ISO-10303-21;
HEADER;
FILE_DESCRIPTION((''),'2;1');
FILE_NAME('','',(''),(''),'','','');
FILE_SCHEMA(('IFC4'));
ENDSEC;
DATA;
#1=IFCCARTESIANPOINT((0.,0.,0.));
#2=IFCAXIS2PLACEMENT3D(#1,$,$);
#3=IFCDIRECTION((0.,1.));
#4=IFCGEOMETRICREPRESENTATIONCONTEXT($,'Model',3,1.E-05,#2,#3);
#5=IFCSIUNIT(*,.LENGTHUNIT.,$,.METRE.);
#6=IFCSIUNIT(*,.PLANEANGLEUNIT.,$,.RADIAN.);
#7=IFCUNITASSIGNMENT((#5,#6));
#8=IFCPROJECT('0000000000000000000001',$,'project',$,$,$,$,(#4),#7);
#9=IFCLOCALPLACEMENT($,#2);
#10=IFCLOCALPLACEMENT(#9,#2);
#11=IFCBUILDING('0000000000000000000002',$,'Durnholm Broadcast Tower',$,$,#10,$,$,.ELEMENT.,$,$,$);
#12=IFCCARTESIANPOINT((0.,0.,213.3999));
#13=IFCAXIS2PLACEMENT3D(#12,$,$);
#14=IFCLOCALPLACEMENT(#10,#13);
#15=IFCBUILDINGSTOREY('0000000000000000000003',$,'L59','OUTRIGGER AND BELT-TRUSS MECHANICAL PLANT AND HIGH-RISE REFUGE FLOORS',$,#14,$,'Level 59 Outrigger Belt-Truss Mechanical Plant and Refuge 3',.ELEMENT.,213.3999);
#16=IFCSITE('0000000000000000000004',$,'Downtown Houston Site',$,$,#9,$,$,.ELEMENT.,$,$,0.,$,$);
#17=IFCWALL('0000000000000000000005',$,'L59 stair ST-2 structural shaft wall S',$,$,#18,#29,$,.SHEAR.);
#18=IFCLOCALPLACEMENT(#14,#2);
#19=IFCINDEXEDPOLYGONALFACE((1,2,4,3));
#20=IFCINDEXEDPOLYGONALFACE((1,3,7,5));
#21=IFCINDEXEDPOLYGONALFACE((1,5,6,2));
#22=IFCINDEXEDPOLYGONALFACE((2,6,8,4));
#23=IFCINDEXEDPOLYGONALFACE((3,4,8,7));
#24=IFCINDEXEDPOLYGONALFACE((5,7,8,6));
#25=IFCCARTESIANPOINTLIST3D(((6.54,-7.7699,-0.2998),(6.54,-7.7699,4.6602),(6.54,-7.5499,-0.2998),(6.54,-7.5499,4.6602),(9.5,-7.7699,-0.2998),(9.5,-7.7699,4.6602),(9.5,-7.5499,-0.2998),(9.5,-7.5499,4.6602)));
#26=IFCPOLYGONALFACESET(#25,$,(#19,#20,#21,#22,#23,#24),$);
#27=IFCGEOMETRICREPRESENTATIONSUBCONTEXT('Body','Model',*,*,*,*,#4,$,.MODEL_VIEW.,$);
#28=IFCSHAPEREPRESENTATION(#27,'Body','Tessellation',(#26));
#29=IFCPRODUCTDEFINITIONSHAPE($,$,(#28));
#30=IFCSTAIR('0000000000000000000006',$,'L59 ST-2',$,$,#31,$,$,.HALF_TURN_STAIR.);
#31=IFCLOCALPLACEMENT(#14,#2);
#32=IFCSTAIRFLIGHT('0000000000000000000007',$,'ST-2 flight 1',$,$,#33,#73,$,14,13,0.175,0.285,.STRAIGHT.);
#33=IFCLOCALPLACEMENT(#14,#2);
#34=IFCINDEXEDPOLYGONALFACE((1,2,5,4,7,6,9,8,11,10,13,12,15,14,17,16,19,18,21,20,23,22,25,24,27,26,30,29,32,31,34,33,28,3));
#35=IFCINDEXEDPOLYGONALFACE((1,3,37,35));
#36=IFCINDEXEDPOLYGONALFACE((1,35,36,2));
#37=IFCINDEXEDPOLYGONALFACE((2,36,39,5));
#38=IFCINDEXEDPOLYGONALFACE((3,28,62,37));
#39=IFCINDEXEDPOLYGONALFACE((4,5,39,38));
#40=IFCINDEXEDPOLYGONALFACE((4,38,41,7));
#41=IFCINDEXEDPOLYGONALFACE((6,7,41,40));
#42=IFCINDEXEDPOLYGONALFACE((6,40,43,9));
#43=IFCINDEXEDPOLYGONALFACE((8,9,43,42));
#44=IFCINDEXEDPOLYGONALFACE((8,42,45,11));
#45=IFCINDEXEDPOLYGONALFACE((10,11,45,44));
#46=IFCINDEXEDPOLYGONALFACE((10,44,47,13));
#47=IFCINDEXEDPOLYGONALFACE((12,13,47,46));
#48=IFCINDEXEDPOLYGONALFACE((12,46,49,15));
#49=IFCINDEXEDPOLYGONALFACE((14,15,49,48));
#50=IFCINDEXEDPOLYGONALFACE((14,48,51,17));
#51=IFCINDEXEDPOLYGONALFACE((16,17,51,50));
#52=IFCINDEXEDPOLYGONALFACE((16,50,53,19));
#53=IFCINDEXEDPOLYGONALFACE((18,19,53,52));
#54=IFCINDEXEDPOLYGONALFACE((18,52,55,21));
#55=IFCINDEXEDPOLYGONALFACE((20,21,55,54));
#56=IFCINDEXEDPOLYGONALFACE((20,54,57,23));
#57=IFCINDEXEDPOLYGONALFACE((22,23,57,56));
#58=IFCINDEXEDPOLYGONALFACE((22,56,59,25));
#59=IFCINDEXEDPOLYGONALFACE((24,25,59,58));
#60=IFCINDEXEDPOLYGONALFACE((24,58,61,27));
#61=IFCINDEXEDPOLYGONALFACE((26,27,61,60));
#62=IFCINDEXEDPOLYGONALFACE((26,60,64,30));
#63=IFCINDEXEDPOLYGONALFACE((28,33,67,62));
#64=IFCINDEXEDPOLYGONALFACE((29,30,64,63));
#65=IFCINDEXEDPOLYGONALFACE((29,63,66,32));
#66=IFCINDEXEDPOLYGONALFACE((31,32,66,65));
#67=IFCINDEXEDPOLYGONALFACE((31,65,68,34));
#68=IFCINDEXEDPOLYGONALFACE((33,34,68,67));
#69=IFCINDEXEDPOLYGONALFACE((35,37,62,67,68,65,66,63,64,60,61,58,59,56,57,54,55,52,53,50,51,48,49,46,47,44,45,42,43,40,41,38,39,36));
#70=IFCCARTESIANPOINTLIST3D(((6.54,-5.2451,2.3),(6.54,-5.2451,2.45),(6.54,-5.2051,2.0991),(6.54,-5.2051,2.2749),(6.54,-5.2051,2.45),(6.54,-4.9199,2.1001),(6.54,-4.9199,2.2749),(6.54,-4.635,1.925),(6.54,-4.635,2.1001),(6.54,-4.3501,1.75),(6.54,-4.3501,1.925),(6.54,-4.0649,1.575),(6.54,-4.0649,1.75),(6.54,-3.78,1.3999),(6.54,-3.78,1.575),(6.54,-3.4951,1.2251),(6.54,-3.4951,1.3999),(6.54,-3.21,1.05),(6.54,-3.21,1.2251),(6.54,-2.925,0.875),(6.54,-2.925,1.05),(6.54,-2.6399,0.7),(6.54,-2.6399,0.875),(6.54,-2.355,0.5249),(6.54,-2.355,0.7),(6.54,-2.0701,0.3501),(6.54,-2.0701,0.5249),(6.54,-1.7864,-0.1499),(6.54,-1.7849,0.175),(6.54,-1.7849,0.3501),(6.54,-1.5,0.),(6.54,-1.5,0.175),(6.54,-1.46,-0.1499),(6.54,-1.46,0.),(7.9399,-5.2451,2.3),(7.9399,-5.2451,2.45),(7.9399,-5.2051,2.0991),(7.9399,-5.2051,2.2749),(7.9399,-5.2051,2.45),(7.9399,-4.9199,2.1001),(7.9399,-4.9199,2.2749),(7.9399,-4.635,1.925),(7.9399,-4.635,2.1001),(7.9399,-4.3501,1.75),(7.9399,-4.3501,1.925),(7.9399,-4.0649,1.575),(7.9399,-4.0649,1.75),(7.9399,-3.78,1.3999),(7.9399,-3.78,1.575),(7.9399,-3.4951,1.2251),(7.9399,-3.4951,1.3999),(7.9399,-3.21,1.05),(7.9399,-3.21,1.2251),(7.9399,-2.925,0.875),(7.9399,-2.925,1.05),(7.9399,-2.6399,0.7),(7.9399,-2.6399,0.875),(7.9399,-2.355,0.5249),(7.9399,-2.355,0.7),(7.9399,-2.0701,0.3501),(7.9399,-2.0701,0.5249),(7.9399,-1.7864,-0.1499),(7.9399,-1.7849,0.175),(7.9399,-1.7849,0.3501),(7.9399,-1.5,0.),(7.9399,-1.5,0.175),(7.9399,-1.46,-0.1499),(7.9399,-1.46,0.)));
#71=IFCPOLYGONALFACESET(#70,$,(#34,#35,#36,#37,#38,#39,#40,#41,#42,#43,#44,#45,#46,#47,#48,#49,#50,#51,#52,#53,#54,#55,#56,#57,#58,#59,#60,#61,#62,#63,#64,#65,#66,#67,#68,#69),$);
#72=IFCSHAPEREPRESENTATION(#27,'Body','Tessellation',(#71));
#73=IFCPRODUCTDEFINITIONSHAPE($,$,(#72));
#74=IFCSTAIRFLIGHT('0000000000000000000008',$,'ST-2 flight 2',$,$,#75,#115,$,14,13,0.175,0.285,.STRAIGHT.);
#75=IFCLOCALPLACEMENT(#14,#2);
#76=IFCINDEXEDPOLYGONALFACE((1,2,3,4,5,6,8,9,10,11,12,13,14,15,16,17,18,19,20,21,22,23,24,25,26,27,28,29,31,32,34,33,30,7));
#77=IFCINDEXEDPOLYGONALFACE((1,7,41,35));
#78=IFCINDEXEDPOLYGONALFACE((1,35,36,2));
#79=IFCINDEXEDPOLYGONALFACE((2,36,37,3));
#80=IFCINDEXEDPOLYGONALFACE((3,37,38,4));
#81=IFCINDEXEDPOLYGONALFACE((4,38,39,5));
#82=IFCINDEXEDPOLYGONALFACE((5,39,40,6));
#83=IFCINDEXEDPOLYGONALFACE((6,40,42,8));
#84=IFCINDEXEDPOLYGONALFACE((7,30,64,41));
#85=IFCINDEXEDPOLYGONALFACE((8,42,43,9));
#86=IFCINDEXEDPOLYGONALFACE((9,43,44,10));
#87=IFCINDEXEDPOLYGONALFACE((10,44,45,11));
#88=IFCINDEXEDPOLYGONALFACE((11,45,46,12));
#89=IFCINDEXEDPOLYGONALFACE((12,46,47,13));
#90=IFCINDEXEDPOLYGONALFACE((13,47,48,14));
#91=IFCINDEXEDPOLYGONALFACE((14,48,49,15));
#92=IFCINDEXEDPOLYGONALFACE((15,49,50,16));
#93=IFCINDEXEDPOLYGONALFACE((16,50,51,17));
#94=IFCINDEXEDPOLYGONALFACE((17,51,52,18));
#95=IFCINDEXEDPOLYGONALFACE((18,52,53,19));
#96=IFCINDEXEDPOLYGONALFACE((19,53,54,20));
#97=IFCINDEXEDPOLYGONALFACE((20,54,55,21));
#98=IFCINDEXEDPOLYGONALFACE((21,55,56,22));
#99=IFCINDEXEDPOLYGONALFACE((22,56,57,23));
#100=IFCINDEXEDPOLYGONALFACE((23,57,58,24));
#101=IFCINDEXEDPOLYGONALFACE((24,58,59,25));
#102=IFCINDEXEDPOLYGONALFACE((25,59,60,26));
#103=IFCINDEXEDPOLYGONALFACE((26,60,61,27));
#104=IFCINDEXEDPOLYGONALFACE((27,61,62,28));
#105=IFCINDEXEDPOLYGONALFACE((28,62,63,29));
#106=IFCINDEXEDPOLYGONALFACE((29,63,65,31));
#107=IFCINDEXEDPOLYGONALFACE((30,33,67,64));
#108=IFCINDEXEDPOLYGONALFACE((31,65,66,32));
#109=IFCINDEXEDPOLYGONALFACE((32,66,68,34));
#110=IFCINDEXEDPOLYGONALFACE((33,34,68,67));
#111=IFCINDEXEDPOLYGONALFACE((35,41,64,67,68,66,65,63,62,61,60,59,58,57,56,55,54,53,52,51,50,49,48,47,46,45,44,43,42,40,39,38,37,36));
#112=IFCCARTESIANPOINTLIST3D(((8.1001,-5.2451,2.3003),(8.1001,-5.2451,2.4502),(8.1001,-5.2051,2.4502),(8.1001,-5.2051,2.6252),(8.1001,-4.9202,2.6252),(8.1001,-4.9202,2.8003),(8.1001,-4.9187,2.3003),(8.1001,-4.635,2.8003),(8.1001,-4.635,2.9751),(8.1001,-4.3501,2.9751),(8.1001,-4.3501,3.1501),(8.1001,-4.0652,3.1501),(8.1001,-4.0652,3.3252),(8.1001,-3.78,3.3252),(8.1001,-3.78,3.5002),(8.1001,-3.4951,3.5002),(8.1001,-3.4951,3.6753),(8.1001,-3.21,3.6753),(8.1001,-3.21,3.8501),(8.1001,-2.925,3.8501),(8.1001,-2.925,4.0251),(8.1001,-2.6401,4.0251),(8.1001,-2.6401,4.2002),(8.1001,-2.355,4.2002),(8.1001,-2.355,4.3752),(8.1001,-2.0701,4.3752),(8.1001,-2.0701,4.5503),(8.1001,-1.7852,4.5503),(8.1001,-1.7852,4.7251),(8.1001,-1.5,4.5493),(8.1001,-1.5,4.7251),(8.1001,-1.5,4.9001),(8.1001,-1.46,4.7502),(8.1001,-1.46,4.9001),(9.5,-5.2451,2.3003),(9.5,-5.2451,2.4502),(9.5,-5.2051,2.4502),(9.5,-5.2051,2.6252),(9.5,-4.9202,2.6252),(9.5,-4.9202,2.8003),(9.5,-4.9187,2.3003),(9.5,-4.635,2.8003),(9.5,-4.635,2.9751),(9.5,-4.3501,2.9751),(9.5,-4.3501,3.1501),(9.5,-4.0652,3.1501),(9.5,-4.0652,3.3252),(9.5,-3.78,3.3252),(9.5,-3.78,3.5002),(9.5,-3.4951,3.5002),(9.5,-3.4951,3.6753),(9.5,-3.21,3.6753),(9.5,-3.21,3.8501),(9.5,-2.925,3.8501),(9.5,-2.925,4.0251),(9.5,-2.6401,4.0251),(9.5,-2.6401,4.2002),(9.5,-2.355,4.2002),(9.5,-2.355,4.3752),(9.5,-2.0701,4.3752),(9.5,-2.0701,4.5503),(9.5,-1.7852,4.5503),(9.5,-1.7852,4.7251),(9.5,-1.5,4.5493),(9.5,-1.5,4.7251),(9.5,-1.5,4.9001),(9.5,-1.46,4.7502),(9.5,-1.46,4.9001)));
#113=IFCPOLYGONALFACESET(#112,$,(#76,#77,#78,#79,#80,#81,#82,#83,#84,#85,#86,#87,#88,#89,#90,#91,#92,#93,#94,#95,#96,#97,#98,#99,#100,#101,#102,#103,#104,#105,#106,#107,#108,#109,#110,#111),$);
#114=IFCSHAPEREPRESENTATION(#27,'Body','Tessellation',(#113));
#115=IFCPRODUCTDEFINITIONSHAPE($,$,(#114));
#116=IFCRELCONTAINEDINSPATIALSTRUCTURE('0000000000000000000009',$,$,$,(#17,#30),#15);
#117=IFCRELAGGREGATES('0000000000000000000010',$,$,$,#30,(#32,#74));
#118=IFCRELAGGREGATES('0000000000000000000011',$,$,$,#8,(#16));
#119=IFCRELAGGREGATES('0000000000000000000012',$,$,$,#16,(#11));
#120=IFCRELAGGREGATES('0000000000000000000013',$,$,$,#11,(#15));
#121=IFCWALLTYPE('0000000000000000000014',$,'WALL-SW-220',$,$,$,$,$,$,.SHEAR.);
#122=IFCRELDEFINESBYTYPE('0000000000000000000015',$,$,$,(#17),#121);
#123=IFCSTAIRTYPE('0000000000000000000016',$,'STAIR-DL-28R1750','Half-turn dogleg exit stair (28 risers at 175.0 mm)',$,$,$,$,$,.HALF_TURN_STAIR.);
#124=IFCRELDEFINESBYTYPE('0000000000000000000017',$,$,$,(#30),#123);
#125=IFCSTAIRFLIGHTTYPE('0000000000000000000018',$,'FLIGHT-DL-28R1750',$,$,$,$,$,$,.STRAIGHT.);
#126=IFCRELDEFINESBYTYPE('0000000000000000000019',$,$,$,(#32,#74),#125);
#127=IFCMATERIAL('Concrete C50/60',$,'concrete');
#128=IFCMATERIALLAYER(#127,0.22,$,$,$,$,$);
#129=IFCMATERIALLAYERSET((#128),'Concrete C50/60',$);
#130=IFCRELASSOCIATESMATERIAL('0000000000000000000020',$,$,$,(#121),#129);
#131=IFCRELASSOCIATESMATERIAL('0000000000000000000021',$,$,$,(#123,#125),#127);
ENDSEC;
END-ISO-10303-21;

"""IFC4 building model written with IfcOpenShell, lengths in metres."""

from ifc_helpers import new_model, si_unit, direction, frame, frame_2d, origin, place, context, subcontext, project, spatial, polyline, rectangle, outline, extrude, material, layer, layer_set, type_object, element, aggregate, save


model = new_model("IFC4")

# Units and contexts
model_context = context("Model", 3, precision=1e-05, world=origin(), true_north=direction((0.0, 1.0)))
body_context = subcontext(model_context, "Body", "Model", "MODEL_VIEW")
ifc_project = project(units=[si_unit("LENGTHUNIT", "METRE"), si_unit("PLANEANGLEUNIT", "RADIAN")], contexts=[model_context])

# Site, building, storey
site_placement = place(None, origin())
site = spatial("IfcSite", under=ifc_project, at=site_placement, Name="Downtown Houston Site", CompositionType="ELEMENT", RefElevation=0.0)
building_placement = place(site_placement, origin())
building = spatial("IfcBuilding", under=site, at=building_placement, Name="Durnholm Broadcast Tower", CompositionType="ELEMENT")
storey_placement = place(building_placement, frame((0.0, 0.0, 213.3999)))
storey = spatial("IfcBuildingStorey", under=building, at=storey_placement, Name="L59", Description="OUTRIGGER AND BELT-TRUSS MECHANICAL PLANT AND HIGH-RISE REFUGE FLOORS", LongName="Level 59 Outrigger Belt-Truss Mechanical Plant and Refuge 3", CompositionType="ELEMENT", Elevation=213.3999)

# Wall
ifc_material_1 = material(Name="Concrete C50/60", Category="concrete")
ifc_layer_1 = layer(ifc_material_1, 0.22)
ifc_layer_set_1 = layer_set([ifc_layer_1], Name="Concrete C50/60")
wall_type_1 = type_object("IfcWallType", Name="WALL-SW-220", PredefinedType="SHEAR", material=ifc_layer_set_1)
wall_1_placement = place(storey_placement, frame((6.54, -7.6599, -0.2998), z_axis=(0.0, 0.0, 1.0), x_axis=(1.0, 0.0, 0.0)))
element("IfcWall", 1, at=wall_1_placement, inside=storey, type_object=wall_type_1, Name="L59 stair ST-2 structural shaft wall S", PredefinedType="SHEAR", context=body_context, shape_type="SweptSolid", body=[
    extrude(rectangle(XDim=2.96, YDim=0.22, at=frame_2d((1.48, 0.0))), origin(), (0.0, 0.0, 1.0), 4.96),
])

# Stair, stair flights
stair_type = type_object("IfcStairType", Name="STAIR-DL-28R1750", Description="Half-turn dogleg exit stair (28 risers at 175.0 mm)", PredefinedType="HALF_TURN_STAIR", material=ifc_material_1)
stair_placement = place(storey_placement, origin())
stair = element("IfcStair", 2, at=stair_placement, inside=storey, type_object=stair_type, Name="L59 ST-2", PredefinedType="HALF_TURN_STAIR")
stair_flight_type = type_object("IfcStairFlightType", Name="FLIGHT-DL-28R1750", PredefinedType="STRAIGHT", material=ifc_material_1)
stair_flight_1_placement = place(storey_placement, frame((7.24, -1.5, 0.0), z_axis=(0.0, 0.0, 1.0), x_axis=(0.0, -1.0, 0.0)))
stair_flight_1 = element("IfcStairFlight", 3, at=stair_flight_1_placement, type_object=stair_flight_type, Name="ST-2 flight 1", NumberOfRisers=14, NumberOfTreads=13, PredefinedType="STRAIGHT", RiserHeight=0.175, TreadLength=0.285, context=body_context, shape_type="SweptSolid", body=[
    extrude(outline(polyline([(-0.04, -0.1499), (-0.04, 0.0), (0.0, 0.0), (0.0, 0.175), (0.2849, 0.175), (0.2849, 0.3501), (0.5701, 0.3501), (0.5701, 0.5249), (0.855, 0.5249), (0.855, 0.7), (1.1399, 0.7), (1.1399, 0.875), (1.425, 0.875), (1.425, 1.05), (1.71, 1.05), (1.71, 1.2251), (1.9951, 1.2251), (1.9951, 1.3999), (2.28, 1.3999), (2.28, 1.575), (2.5649, 1.575), (2.5649, 1.75), (2.8501, 1.75), (2.8501, 1.925), (3.135, 1.925), (3.135, 2.1001), (3.4199, 2.1001), (3.4199, 2.2749), (3.7051, 2.2749), (3.7051, 2.45), (3.7451, 2.45), (3.7451, 2.3), (3.7051, 2.0991), (0.2864, -0.1499), (-0.04, -0.1499)])), frame((0.0, 0.7, 0.0), z_axis=(0.0, -1.0, 0.0), x_axis=(1.0, 0.0, 0.0)), (0.0, 0.0, 1.0), 1.3999),
])
stair_flight_2_placement = place(storey_placement, frame((8.8, -5.2051, 2.4502), z_axis=(0.0, 0.0, 1.0), x_axis=(0.0, 1.0, 0.0)))
stair_flight_2 = element("IfcStairFlight", 4, at=stair_flight_2_placement, type_object=stair_flight_type, Name="ST-2 flight 2", NumberOfRisers=14, NumberOfTreads=13, PredefinedType="STRAIGHT", RiserHeight=0.175, TreadLength=0.285, context=body_context, shape_type="SweptSolid", body=[
    extrude(outline(polyline([(-0.04, -0.1499), (-0.04, 0.0), (0.0, 0.0), (0.0, 0.175), (0.2849, 0.175), (0.2849, 0.3501), (0.5701, 0.3501), (0.5701, 0.5249), (0.855, 0.5249), (0.855, 0.7), (1.1399, 0.7), (1.1399, 0.875), (1.425, 0.875), (1.425, 1.05), (1.71, 1.05), (1.71, 1.2251), (1.9951, 1.2251), (1.9951, 1.3999), (2.28, 1.3999), (2.28, 1.575), (2.5649, 1.575), (2.5649, 1.75), (2.8501, 1.75), (2.8501, 1.925), (3.135, 1.925), (3.135, 2.1001), (3.4199, 2.1001), (3.4199, 2.2749), (3.7051, 2.2749), (3.7051, 2.45), (3.7451, 2.45), (3.7451, 2.3), (3.7051, 2.0991), (0.2864, -0.1499), (-0.04, -0.1499)])), frame((0.0, 0.7, 0.0), z_axis=(0.0, -1.0, 0.0), x_axis=(1.0, 0.0, 0.0)), (0.0, 0.0, 1.0), 1.3999),
])
aggregate(stair, [stair_flight_1, stair_flight_2])

save(model, "model.ifc")
